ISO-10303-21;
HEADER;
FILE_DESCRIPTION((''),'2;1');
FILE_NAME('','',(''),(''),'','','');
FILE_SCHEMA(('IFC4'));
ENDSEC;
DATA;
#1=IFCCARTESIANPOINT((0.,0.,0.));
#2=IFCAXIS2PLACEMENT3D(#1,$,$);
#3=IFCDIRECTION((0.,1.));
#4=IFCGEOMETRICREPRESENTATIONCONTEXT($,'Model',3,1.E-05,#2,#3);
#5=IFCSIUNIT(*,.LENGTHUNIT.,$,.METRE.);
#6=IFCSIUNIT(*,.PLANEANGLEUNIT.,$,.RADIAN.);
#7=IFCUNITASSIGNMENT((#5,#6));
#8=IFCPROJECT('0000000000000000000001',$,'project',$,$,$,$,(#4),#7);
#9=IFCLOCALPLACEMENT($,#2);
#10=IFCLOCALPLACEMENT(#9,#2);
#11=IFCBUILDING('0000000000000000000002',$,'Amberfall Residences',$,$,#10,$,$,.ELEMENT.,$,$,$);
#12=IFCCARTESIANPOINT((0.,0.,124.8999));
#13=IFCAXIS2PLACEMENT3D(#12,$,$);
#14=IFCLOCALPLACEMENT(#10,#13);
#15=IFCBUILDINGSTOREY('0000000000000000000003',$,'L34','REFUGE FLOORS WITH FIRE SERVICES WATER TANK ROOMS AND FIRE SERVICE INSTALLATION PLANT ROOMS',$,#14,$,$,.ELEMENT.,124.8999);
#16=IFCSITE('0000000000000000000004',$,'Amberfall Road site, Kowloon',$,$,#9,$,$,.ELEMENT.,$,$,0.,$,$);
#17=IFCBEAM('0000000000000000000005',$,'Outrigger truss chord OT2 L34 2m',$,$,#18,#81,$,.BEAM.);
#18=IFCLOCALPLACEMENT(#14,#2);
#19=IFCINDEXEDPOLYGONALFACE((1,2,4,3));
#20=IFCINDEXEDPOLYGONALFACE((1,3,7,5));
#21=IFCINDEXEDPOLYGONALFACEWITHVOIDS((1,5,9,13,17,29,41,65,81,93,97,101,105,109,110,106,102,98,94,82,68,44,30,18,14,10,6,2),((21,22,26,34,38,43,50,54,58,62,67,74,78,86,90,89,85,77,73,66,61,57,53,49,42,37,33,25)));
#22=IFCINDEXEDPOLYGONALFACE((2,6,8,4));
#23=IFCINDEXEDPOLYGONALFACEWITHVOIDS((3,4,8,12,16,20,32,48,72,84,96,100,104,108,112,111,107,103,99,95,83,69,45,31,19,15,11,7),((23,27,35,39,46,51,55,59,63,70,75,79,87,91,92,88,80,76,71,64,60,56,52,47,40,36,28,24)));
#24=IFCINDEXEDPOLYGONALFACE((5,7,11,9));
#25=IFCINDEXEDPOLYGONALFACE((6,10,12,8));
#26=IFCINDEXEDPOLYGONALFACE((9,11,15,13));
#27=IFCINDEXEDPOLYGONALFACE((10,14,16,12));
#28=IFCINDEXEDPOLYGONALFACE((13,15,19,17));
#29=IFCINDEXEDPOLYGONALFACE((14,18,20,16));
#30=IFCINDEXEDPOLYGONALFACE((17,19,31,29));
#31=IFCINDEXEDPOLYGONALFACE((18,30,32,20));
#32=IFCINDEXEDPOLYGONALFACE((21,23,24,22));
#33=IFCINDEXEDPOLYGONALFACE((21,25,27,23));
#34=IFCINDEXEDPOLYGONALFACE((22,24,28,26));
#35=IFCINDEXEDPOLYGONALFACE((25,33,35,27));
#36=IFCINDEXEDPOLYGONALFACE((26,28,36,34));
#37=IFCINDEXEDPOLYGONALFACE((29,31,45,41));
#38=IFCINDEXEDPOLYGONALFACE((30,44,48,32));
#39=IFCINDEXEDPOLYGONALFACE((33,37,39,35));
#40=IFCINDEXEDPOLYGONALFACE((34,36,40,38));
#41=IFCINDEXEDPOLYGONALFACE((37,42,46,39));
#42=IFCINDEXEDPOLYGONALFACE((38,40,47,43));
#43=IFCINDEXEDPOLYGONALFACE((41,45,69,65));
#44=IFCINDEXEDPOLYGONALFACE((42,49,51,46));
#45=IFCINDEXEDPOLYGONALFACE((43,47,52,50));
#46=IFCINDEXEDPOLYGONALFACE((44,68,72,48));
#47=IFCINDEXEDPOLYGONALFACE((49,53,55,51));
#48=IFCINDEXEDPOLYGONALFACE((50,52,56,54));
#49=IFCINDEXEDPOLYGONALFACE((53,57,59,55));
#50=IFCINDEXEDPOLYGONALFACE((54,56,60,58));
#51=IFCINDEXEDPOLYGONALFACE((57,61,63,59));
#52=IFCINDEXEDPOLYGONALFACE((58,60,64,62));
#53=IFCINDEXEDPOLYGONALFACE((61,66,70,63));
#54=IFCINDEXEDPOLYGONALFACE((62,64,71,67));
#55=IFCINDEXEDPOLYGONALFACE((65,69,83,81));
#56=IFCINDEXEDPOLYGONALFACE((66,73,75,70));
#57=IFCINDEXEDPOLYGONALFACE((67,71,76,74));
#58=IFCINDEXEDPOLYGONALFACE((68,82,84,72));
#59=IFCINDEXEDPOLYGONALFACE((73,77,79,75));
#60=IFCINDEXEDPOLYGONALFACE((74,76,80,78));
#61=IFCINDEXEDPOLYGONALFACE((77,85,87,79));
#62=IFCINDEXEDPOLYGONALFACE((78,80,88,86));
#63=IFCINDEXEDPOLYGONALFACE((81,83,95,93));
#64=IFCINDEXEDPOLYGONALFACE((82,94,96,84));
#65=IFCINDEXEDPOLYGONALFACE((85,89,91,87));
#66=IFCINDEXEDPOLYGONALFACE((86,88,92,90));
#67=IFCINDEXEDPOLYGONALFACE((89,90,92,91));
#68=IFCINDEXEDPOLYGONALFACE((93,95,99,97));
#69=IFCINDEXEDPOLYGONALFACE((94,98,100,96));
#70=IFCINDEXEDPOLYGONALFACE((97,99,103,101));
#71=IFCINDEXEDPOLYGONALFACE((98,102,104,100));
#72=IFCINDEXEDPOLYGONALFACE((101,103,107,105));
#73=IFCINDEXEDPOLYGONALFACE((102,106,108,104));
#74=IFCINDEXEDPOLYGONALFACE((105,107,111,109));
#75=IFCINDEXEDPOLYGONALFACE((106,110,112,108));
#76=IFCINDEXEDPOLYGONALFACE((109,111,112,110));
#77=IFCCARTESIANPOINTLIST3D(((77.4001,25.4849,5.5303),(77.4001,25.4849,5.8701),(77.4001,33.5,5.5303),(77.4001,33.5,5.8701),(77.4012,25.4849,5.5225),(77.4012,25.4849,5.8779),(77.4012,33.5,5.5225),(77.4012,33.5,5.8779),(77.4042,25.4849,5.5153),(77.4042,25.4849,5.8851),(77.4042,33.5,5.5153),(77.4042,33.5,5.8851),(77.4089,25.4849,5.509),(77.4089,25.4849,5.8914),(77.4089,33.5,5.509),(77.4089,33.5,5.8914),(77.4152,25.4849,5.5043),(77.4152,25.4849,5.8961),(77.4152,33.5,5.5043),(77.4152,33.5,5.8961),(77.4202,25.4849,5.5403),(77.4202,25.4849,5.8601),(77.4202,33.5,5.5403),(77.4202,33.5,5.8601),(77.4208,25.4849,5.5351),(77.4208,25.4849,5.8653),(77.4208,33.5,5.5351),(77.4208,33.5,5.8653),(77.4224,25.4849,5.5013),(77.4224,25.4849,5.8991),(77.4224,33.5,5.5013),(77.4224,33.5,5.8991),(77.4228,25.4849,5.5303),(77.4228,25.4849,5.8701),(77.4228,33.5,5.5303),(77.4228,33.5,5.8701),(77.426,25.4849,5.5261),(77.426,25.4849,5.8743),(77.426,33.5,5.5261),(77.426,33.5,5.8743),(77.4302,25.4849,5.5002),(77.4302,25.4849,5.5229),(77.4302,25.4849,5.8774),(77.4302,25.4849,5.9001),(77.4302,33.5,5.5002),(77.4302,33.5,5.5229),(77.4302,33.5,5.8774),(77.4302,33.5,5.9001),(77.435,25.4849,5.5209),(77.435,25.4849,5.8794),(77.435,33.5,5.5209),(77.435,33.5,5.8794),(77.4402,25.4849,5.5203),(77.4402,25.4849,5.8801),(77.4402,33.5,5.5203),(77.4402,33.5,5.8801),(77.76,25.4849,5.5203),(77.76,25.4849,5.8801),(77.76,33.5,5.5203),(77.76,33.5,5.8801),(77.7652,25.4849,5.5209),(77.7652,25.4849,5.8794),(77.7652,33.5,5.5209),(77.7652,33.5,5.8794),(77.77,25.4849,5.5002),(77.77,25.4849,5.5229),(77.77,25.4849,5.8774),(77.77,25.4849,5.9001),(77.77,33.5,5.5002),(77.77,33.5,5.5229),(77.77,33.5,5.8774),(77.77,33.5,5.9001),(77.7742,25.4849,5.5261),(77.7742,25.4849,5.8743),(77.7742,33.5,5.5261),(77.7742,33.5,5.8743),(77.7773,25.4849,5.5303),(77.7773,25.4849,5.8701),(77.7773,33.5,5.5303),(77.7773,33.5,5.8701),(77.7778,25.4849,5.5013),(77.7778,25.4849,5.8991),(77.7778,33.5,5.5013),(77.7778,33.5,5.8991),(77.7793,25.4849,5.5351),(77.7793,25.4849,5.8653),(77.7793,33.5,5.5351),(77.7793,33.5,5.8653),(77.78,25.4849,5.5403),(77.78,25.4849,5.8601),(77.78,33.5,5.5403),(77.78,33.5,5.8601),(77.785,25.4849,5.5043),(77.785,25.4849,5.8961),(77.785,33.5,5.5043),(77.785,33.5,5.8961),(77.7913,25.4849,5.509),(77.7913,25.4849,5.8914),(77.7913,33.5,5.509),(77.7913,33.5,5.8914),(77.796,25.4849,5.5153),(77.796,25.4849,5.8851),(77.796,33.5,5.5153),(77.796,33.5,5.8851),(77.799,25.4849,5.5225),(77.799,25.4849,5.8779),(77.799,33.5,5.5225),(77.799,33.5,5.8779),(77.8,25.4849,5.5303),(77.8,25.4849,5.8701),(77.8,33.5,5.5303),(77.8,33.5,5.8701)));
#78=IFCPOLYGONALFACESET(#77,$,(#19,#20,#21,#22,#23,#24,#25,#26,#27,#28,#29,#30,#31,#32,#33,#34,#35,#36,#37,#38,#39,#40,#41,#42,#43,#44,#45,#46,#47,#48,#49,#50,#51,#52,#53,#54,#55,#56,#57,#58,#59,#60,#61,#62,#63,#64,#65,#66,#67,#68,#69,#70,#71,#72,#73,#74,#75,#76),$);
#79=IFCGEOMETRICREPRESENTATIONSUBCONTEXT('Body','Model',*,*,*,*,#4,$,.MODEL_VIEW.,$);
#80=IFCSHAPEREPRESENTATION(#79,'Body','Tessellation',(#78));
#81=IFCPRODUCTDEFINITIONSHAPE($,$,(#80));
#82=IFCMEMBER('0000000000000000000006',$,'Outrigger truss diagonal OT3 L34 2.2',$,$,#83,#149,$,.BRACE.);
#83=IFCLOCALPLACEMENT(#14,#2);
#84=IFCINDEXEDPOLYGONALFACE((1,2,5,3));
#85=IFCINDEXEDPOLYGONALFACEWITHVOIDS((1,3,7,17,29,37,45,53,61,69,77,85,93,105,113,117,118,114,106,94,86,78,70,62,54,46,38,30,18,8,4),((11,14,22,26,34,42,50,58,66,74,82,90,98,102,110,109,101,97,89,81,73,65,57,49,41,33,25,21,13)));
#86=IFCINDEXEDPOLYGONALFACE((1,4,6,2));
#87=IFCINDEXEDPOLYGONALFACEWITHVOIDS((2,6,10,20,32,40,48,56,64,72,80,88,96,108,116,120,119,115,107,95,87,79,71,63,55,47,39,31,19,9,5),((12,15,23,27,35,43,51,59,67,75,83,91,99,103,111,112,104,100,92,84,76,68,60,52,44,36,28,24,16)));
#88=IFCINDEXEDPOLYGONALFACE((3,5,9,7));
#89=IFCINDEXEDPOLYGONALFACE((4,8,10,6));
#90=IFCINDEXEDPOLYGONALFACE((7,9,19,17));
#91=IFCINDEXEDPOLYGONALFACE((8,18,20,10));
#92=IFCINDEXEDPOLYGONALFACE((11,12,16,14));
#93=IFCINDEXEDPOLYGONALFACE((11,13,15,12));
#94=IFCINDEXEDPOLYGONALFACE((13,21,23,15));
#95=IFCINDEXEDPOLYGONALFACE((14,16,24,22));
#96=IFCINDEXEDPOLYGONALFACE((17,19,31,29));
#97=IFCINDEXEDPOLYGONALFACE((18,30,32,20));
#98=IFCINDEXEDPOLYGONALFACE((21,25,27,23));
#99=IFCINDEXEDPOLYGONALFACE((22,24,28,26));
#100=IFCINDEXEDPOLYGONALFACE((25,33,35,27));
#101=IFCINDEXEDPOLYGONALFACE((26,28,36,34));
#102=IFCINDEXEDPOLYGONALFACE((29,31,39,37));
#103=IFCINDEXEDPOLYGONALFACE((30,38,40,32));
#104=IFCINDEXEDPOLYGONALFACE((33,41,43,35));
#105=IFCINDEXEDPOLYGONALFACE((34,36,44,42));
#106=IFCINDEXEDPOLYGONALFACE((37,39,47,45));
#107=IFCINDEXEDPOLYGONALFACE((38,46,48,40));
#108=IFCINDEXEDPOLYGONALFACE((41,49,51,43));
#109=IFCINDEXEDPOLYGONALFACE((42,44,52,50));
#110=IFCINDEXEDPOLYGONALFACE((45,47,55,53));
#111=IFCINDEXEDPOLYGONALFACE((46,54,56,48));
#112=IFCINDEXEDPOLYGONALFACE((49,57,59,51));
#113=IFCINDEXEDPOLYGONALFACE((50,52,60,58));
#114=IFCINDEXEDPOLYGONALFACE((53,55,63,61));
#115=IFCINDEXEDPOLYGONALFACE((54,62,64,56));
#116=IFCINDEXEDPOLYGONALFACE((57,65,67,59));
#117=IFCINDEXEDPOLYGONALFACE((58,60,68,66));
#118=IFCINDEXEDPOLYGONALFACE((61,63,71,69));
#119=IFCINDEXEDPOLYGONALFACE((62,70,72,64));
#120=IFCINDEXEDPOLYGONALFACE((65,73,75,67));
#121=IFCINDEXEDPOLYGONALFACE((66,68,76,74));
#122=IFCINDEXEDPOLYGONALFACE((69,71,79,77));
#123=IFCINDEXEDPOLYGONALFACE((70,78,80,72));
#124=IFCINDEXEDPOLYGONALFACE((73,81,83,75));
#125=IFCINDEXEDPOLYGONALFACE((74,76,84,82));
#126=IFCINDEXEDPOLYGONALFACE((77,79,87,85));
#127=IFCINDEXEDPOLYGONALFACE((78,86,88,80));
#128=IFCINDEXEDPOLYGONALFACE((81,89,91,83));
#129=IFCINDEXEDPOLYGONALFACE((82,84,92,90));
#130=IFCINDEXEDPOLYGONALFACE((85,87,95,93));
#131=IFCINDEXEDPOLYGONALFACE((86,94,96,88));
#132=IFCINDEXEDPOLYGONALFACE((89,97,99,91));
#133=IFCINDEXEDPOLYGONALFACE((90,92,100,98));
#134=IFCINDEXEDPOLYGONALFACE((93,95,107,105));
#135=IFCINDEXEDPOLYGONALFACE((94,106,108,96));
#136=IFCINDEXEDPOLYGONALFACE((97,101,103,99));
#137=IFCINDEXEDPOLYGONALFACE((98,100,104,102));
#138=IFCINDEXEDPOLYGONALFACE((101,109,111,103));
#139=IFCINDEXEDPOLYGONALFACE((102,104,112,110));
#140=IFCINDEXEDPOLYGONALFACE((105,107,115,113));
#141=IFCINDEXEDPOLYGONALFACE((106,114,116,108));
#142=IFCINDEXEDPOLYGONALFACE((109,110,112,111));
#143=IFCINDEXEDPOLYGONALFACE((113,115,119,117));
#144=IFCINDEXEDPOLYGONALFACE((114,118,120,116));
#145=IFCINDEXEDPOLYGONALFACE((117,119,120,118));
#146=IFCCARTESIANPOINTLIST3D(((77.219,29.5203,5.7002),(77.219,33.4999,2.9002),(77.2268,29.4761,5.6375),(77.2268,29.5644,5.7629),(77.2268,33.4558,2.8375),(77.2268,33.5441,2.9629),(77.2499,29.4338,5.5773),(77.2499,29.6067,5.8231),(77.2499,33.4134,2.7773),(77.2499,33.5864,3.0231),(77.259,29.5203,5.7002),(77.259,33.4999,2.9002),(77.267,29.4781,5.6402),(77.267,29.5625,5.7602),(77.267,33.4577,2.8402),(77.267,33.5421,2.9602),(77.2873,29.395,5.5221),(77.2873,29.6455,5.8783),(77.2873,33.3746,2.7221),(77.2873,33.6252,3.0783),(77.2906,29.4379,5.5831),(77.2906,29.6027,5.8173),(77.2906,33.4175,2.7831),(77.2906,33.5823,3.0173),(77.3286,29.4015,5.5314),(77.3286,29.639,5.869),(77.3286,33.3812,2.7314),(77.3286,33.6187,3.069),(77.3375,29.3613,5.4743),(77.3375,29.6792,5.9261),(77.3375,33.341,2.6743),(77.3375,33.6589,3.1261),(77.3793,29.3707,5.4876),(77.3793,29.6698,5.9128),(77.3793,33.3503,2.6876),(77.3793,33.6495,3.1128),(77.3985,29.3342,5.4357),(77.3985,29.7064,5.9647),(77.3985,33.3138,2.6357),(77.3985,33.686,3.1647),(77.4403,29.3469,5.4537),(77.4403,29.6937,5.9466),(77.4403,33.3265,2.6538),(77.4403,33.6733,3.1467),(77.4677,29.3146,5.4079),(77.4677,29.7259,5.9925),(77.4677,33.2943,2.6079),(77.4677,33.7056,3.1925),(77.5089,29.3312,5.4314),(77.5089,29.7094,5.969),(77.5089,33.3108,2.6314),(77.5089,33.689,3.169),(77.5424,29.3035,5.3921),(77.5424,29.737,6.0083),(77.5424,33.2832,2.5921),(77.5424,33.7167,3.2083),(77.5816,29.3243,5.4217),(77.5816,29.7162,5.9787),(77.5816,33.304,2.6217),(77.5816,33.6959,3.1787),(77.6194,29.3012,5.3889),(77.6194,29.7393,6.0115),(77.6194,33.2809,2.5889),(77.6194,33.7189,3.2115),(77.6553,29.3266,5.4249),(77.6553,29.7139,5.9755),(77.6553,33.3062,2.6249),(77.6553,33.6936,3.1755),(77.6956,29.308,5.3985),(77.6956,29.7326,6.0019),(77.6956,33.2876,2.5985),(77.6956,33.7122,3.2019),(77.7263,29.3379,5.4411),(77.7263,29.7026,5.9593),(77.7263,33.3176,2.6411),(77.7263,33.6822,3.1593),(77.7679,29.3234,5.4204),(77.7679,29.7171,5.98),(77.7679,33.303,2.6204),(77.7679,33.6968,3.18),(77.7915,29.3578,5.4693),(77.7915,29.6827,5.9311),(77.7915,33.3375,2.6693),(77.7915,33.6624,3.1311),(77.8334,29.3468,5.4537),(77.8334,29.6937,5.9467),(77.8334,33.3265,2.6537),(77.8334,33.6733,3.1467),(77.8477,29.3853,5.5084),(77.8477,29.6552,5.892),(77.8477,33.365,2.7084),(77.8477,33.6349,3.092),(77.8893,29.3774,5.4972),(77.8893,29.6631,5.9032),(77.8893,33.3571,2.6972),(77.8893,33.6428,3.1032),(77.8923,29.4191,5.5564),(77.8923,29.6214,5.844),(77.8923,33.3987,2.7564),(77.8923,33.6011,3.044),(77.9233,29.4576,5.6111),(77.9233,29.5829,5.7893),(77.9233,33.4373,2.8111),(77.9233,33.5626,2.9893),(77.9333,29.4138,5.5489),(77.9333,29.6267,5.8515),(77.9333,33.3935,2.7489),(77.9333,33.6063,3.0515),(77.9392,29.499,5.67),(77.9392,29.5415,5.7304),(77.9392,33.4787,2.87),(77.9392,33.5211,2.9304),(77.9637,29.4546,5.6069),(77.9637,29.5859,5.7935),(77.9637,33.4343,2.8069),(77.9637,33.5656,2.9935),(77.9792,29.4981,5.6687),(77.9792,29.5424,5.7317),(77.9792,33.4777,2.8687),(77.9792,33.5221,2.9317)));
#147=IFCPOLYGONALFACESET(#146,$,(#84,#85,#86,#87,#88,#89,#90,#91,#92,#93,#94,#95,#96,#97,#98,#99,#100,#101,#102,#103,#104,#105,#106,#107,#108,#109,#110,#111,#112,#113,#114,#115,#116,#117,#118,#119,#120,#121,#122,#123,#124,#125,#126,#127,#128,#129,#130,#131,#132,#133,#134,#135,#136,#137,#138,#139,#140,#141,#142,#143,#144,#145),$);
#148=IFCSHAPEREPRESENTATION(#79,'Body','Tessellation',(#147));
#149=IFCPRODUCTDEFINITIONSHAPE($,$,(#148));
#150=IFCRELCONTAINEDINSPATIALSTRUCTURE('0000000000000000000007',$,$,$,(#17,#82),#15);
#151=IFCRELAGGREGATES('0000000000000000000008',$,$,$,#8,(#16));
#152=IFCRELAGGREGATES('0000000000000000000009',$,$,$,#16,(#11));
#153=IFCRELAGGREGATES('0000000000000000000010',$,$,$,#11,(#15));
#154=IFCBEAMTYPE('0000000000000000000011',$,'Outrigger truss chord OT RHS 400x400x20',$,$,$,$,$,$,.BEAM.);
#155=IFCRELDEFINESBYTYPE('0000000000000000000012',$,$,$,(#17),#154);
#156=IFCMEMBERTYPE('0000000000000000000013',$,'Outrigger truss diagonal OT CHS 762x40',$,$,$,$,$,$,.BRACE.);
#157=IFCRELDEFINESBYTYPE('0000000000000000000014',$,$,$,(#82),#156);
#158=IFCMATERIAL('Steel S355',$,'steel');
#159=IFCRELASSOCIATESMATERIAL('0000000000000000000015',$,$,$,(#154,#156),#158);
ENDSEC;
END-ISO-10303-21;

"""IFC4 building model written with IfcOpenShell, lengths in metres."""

from ifc_helpers import new_model, si_unit, direction, frame, origin, origin_2d, place, context, subcontext, project, spatial, hollow_rectangle, hollow_circle, extrude, material, material_profile, profile_set, type_object, element, save


model = new_model("IFC4")

# Units and contexts
model_context = context("Model", 3, precision=1e-05, world=origin(), true_north=direction((0.0, 1.0)))
body_context = subcontext(model_context, "Body", "Model", "MODEL_VIEW")
ifc_project = project(units=[si_unit("LENGTHUNIT", "METRE"), si_unit("PLANEANGLEUNIT", "RADIAN")], contexts=[model_context])

# Site, building, storey
site_placement = place(None, origin())
site = spatial("IfcSite", under=ifc_project, at=site_placement, Name="Amberfall Road site, Kowloon", CompositionType="ELEMENT", RefElevation=0.0)
building_placement = place(site_placement, origin())
building = spatial("IfcBuilding", under=site, at=building_placement, Name="Amberfall Residences", CompositionType="ELEMENT")
storey_placement = place(building_placement, frame((0.0, 0.0, 124.8999)))
storey = spatial("IfcBuildingStorey", under=building, at=storey_placement, Name="L34", Description="REFUGE FLOORS WITH FIRE SERVICES WATER TANK ROOMS AND FIRE SERVICE INSTALLATION PLANT ROOMS", CompositionType="ELEMENT", Elevation=124.8999)

# Shared definitions
ifc_material_1 = material(Name="Steel S355", Category="steel")

# Beam
ifc_material_profile_1 = material_profile(ifc_material_1, hollow_rectangle(XDim=0.3999, YDim=0.3999, WallThickness=0.02, InnerFilletRadius=0.02, OuterFilletRadius=0.03, at=origin_2d()), Name="RHS 400x400x20")
ifc_profile_set_1 = profile_set([ifc_material_profile_1], Name="Steel S355")
beam_type = type_object("IfcBeamType", Name="Outrigger truss chord OT RHS 400x400x20", PredefinedType="BEAM", material=ifc_profile_set_1)
beam_placement = place(storey_placement, frame((77.6001, 25.4849, 5.7002), z_axis=(0.0, 1.0, 0.0), x_axis=(-1.0, 0.0, 0.0)))
element("IfcBeam", 1, at=beam_placement, inside=storey, type_object=beam_type, Name="Outrigger truss chord OT2 L34 2m", PredefinedType="BEAM", context=body_context, shape_type="SweptSolid", body=[
    extrude(hollow_rectangle(XDim=0.3999, YDim=0.3999, WallThickness=0.02, InnerFilletRadius=0.02, OuterFilletRadius=0.03, at=origin_2d()), origin(), (0.0, 0.0, 1.0), 8.0151),
])

# Member
ifc_material_profile_2 = material_profile(ifc_material_1, hollow_circle(Radius=0.3811, WallThickness=0.04, at=origin_2d()), Name="CHS 762x40")
ifc_profile_set_2 = profile_set([ifc_material_profile_2], Name="Steel S355")
member_type_1 = type_object("IfcMemberType", Name="Outrigger truss diagonal OT CHS 762x40", PredefinedType="BRACE", material=ifc_profile_set_2)
member_1_placement = place(storey_placement, frame((77.6001, 29.5203, 5.7002), z_axis=(0.0, 0.817855, -0.575424), x_axis=(-1.0, 0.0, 0.0)))
element("IfcMember", 2, at=member_1_placement, inside=storey, type_object=member_type_1, Name="Outrigger truss diagonal OT3 L34 2.2", PredefinedType="BRACE", context=body_context, shape_type="SweptSolid", body=[
    extrude(hollow_circle(Radius=0.3811, WallThickness=0.04, at=origin_2d()), origin(), (0.0, 0.0, 1.0), 4.866),
])

save(model, "model.ifc")
